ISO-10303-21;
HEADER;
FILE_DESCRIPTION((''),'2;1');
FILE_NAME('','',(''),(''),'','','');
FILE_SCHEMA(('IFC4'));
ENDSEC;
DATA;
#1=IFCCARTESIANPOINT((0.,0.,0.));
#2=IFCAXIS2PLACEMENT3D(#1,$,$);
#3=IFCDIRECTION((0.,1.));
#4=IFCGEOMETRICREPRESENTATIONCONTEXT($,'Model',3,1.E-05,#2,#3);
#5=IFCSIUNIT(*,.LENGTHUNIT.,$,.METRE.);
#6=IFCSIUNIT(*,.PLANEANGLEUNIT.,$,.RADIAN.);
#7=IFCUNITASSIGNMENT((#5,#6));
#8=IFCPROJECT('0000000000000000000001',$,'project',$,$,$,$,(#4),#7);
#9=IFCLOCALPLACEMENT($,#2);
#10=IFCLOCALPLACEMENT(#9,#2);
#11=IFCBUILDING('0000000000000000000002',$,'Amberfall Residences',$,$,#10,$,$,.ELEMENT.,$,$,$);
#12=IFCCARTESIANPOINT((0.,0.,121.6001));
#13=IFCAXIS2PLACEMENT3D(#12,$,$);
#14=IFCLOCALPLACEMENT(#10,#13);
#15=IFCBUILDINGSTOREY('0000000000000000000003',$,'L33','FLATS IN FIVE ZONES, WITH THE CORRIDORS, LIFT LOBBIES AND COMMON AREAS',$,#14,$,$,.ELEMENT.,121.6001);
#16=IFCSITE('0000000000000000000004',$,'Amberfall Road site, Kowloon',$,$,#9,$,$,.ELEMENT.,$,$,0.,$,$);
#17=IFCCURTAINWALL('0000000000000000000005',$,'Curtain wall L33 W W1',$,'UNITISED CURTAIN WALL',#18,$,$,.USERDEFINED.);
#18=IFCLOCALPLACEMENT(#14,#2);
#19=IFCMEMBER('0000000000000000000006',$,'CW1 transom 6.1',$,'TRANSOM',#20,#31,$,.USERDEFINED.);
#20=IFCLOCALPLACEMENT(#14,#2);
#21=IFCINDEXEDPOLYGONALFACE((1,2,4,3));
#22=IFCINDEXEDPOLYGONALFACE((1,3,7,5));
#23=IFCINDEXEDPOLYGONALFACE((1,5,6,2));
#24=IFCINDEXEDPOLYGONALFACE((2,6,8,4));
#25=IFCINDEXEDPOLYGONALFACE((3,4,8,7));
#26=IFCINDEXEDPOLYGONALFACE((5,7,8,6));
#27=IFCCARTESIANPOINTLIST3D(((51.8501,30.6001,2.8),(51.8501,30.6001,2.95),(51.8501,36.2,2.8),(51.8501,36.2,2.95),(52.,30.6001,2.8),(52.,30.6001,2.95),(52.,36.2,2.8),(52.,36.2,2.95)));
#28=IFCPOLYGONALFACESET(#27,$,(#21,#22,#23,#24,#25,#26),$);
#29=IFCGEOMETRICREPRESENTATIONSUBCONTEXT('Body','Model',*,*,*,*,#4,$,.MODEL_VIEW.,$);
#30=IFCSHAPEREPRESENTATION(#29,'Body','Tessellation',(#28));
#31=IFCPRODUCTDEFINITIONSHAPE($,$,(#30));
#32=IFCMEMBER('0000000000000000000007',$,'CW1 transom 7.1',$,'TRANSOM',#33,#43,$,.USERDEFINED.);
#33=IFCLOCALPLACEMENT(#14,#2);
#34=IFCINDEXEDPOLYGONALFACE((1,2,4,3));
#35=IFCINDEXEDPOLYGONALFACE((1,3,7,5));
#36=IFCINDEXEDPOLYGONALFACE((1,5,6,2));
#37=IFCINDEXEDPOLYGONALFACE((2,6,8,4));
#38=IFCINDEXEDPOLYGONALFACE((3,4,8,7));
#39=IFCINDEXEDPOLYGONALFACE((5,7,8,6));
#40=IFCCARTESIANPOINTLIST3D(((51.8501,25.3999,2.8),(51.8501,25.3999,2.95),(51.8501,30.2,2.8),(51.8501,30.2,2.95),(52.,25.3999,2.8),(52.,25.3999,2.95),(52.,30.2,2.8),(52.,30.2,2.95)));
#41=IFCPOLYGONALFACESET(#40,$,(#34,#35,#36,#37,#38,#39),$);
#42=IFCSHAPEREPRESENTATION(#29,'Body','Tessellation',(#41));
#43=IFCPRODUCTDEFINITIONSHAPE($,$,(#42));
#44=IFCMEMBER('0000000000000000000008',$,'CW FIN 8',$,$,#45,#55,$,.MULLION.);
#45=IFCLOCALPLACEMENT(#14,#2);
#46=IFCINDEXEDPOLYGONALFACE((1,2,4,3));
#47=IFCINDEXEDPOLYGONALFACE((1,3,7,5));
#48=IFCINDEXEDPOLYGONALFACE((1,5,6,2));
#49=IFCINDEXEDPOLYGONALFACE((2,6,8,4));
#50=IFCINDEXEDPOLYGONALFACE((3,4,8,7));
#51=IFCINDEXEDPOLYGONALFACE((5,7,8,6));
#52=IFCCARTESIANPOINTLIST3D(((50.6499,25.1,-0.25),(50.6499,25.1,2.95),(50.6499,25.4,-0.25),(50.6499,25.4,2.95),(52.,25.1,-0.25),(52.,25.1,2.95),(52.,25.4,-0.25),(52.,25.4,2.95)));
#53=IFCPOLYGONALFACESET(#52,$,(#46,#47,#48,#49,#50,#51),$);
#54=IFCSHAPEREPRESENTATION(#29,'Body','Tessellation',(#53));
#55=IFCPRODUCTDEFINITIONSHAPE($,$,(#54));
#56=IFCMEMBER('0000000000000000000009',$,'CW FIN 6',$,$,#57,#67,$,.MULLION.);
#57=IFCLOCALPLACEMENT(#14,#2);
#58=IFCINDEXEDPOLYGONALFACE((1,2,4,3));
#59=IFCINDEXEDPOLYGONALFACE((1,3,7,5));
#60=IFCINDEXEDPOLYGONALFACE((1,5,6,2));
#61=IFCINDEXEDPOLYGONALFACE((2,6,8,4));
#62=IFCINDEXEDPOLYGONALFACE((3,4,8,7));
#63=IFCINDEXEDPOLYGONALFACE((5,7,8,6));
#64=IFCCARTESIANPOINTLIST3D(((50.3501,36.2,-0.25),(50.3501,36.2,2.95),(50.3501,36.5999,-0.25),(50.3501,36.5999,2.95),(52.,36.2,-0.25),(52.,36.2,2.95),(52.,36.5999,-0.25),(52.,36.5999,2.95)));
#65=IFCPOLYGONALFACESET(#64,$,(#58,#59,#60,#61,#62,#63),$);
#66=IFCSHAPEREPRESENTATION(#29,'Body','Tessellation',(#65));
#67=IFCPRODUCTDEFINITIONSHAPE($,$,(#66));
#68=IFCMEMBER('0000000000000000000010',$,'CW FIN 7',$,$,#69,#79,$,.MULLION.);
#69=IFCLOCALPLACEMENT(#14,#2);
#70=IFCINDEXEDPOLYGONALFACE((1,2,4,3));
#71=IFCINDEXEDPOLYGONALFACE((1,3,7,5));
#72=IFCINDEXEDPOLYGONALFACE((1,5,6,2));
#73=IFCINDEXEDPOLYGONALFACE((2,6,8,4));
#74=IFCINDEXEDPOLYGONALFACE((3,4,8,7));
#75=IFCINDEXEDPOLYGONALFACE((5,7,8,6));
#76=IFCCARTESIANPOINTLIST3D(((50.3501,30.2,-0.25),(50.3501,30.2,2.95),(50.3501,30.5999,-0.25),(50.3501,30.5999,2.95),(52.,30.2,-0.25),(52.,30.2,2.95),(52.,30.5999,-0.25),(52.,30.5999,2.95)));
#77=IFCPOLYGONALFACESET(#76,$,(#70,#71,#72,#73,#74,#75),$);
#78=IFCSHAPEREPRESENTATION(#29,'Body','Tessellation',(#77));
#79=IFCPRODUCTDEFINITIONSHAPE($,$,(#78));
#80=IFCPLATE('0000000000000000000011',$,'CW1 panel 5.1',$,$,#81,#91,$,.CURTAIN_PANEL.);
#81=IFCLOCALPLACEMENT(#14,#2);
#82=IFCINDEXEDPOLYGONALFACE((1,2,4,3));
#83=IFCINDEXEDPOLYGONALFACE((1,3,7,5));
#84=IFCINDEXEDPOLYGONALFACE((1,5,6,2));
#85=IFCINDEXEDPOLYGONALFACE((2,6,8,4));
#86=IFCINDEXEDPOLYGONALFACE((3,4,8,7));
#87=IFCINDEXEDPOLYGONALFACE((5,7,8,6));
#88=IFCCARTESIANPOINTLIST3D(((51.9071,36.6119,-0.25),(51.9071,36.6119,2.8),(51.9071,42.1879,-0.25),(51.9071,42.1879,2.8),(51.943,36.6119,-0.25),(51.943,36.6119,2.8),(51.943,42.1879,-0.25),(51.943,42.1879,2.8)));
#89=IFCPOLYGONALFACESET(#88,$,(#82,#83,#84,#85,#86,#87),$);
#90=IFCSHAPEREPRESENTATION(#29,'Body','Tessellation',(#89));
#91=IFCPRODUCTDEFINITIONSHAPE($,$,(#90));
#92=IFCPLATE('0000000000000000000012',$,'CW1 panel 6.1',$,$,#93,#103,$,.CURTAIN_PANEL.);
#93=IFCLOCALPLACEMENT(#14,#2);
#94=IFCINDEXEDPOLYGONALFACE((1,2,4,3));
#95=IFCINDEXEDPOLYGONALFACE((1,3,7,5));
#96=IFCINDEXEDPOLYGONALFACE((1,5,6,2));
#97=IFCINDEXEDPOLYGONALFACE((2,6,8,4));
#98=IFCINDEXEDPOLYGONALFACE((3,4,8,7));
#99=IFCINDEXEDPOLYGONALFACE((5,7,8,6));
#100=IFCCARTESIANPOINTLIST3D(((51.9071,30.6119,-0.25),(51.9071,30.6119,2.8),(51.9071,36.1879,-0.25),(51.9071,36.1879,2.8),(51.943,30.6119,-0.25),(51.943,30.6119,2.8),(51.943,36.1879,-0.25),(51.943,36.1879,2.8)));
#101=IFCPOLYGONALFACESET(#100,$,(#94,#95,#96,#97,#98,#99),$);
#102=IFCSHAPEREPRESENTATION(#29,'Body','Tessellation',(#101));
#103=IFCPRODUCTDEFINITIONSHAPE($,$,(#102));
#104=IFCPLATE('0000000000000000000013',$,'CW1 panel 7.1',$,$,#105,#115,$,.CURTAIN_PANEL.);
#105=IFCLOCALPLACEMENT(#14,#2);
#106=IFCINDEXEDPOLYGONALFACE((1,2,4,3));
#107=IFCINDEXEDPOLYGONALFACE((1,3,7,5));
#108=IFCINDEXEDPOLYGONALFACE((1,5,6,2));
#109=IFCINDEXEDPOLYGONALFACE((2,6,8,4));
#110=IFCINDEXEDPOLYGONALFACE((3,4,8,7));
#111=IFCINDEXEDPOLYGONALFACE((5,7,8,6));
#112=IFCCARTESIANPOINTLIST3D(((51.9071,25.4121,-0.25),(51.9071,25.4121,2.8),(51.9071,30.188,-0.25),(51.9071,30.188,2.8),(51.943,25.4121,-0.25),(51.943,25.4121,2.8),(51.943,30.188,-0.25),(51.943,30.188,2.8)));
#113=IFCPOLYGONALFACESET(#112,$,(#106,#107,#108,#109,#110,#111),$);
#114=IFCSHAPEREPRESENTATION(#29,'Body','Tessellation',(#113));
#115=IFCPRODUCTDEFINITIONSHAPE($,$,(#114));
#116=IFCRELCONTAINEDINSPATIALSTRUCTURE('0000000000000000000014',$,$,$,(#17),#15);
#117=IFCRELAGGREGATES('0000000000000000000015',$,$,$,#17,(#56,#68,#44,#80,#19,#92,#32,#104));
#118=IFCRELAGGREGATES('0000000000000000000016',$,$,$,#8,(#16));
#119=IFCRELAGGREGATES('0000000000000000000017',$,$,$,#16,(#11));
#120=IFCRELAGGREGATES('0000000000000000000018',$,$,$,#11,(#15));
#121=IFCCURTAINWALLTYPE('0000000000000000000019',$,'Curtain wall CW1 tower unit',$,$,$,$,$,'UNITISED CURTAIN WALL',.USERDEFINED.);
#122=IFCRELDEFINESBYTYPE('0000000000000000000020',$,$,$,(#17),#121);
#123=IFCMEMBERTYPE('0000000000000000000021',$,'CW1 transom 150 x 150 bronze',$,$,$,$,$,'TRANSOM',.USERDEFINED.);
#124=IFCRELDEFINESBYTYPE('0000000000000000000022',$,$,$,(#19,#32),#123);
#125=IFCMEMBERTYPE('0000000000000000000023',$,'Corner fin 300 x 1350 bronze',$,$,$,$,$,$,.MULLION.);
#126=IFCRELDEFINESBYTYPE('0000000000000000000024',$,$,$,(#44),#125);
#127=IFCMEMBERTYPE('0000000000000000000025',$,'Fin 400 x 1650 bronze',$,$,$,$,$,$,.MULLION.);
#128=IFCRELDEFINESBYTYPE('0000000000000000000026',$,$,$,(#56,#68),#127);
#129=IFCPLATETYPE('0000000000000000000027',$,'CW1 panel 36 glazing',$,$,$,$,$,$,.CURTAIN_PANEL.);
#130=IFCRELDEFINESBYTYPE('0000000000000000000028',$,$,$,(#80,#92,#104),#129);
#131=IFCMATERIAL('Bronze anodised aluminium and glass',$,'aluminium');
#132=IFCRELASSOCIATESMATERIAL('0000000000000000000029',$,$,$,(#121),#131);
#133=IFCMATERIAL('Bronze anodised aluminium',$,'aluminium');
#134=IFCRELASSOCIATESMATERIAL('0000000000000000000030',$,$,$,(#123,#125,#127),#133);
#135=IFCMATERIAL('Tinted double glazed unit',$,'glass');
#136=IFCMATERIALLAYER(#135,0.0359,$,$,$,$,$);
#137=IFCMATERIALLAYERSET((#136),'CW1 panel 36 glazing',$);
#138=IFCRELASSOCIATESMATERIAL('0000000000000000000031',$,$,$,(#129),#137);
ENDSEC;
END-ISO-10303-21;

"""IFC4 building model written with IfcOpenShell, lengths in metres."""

from ifc_helpers import new_model, si_unit, direction, frame, origin, origin_2d, place, context, subcontext, project, spatial, rectangle, extrude, material, layer, layer_set, material_profile, profile_set, type_object, element, aggregate, save


model = new_model("IFC4")

# Units and contexts
model_context = context("Model", 3, precision=1e-05, world=origin(), true_north=direction((0.0, 1.0)))
body_context = subcontext(model_context, "Body", "Model", "MODEL_VIEW")
ifc_project = project(units=[si_unit("LENGTHUNIT", "METRE"), si_unit("PLANEANGLEUNIT", "RADIAN")], contexts=[model_context])

# Site, building, storey
site_placement = place(None, origin())
site = spatial("IfcSite", under=ifc_project, at=site_placement, Name="Amberfall Road site, Kowloon", CompositionType="ELEMENT", RefElevation=0.0)
building_placement = place(site_placement, origin())
building = spatial("IfcBuilding", under=site, at=building_placement, Name="Amberfall Residences", CompositionType="ELEMENT")
storey_placement = place(building_placement, frame((0.0, 0.0, 121.6001)))
storey = spatial("IfcBuildingStorey", under=building, at=storey_placement, Name="L33", Description="FLATS IN FIVE ZONES, WITH THE CORRIDORS, LIFT LOBBIES AND COMMON AREAS", CompositionType="ELEMENT", Elevation=121.6001)

# Curtain wall, members, plates
ifc_material_1 = material(Name="Bronze anodised aluminium and glass", Category="aluminium")
curtain_wall_type = type_object("IfcCurtainWallType", Name="Curtain wall CW1 tower unit", ElementType="UNITISED CURTAIN WALL", PredefinedType="USERDEFINED", material=ifc_material_1)
curtain_wall_placement = place(storey_placement, origin())
curtain_wall = element("IfcCurtainWall", 1, at=curtain_wall_placement, inside=storey, type_object=curtain_wall_type, Name="Curtain wall L33 W W1", ObjectType="UNITISED CURTAIN WALL", PredefinedType="USERDEFINED")
ifc_material_2 = material(Name="Bronze anodised aluminium", Category="aluminium")
ifc_material_profile_1 = material_profile(ifc_material_2, rectangle(XDim=0.1499, YDim=0.1499, at=origin_2d()), Name="CW1 transom 150 x 150 bronze")
ifc_profile_set_1 = profile_set([ifc_material_profile_1], Name="Bronze anodised aluminium")
member_type_1 = type_object("IfcMemberType", Name="CW1 transom 150 x 150 bronze", ElementType="TRANSOM", PredefinedType="USERDEFINED", material=ifc_profile_set_1)
member_1_placement = place(storey_placement, frame((51.925, 36.2, 2.875), z_axis=(0.0, -1.0, 0.0), x_axis=(1.0, 0.0, 0.0)))
member_1 = element("IfcMember", 2, at=member_1_placement, type_object=member_type_1, Name="CW1 transom 6.1", ObjectType="TRANSOM", PredefinedType="USERDEFINED", context=body_context, shape_type="SweptSolid", body=[
    extrude(rectangle(XDim=0.1499, YDim=0.1499, at=origin_2d()), origin(), (0.0, 0.0, 1.0), 5.5999),
])
member_2_placement = place(storey_placement, frame((51.925, 30.2, 2.875), z_axis=(0.0, -1.0, 0.0), x_axis=(1.0, 0.0, 0.0)))
member_2 = element("IfcMember", 3, at=member_2_placement, type_object=member_type_1, Name="CW1 transom 7.1", ObjectType="TRANSOM", PredefinedType="USERDEFINED", context=body_context, shape_type="SweptSolid", body=[
    extrude(rectangle(XDim=0.1499, YDim=0.1499, at=origin_2d()), origin(), (0.0, 0.0, 1.0), 4.8),
])
ifc_material_profile_2 = material_profile(ifc_material_2, rectangle(XDim=1.3501, YDim=0.3, at=origin_2d()), Name="Corner fin 300 x 1350 bronze")
ifc_profile_set_2 = profile_set([ifc_material_profile_2], Name="Bronze anodised aluminium")
member_type_2 = type_object("IfcMemberType", Name="Corner fin 300 x 1350 bronze", PredefinedType="MULLION", material=ifc_profile_set_2)
member_3_placement = place(storey_placement, frame((51.325, 25.25, -0.25), z_axis=(0.0, 0.0, 1.0), x_axis=(1.0, 0.0, 0.0)))
member_3 = element("IfcMember", 4, at=member_3_placement, type_object=member_type_2, Name="CW FIN 8", PredefinedType="MULLION", context=body_context, shape_type="SweptSolid", body=[
    extrude(rectangle(XDim=1.3501, YDim=0.3, at=origin_2d()), origin(), (0.0, 0.0, 1.0), 3.2),
])
ifc_material_profile_3 = material_profile(ifc_material_2, rectangle(XDim=1.6499, YDim=0.3999, at=origin_2d()), Name="Fin 400 x 1650 bronze")
ifc_profile_set_3 = profile_set([ifc_material_profile_3], Name="Bronze anodised aluminium")
member_type_3 = type_object("IfcMemberType", Name="Fin 400 x 1650 bronze", PredefinedType="MULLION", material=ifc_profile_set_3)
member_4_placement = place(storey_placement, frame((51.175, 36.3999, -0.25), z_axis=(0.0, 0.0, 1.0), x_axis=(1.0, 0.0, 0.0)))
member_4 = element("IfcMember", 5, at=member_4_placement, type_object=member_type_3, Name="CW FIN 6", PredefinedType="MULLION", context=body_context, shape_type="SweptSolid", body=[
    extrude(rectangle(XDim=1.6499, YDim=0.3999, at=origin_2d()), origin(), (0.0, 0.0, 1.0), 3.2),
])
member_5_placement = place(storey_placement, frame((51.175, 30.3999, -0.25), z_axis=(0.0, 0.0, 1.0), x_axis=(1.0, 0.0, 0.0)))
member_5 = element("IfcMember", 6, at=member_5_placement, type_object=member_type_3, Name="CW FIN 7", PredefinedType="MULLION", context=body_context, shape_type="SweptSolid", body=[
    extrude(rectangle(XDim=1.6499, YDim=0.3999, at=origin_2d()), origin(), (0.0, 0.0, 1.0), 3.2),
])
ifc_material_3 = material(Name="Tinted double glazed unit", Category="glass")
ifc_layer_1 = layer(ifc_material_3, 0.0359)
ifc_layer_set_1 = layer_set([ifc_layer_1], Name="CW1 panel 36 glazing")
plate_type = type_object("IfcPlateType", Name="CW1 panel 36 glazing", PredefinedType="CURTAIN_PANEL", material=ifc_layer_set_1)
plate_1_placement = place(storey_placement, frame((51.925, 39.3999, -0.25), z_axis=(0.0, 0.0, 1.0), x_axis=(0.0, -1.0, 0.0)))
plate_1 = element("IfcPlate", 7, at=plate_1_placement, type_object=plate_type, Name="CW1 panel 5.1", PredefinedType="CURTAIN_PANEL", context=body_context, shape_type="SweptSolid", body=[
    extrude(rectangle(XDim=5.5759, YDim=0.0359, at=origin_2d()), origin(), (0.0, 0.0, 1.0), 3.05),
])
plate_2_placement = place(storey_placement, frame((51.925, 33.3999, -0.25), z_axis=(0.0, 0.0, 1.0), x_axis=(0.0, -1.0, 0.0)))
plate_2 = element("IfcPlate", 8, at=plate_2_placement, type_object=plate_type, Name="CW1 panel 6.1", PredefinedType="CURTAIN_PANEL", context=body_context, shape_type="SweptSolid", body=[
    extrude(rectangle(XDim=5.5759, YDim=0.0359, at=origin_2d()), origin(), (0.0, 0.0, 1.0), 3.05),
])
plate_3_placement = place(storey_placement, frame((51.925, 27.8, -0.25), z_axis=(0.0, 0.0, 1.0), x_axis=(0.0, -1.0, 0.0)))
plate_3 = element("IfcPlate", 9, at=plate_3_placement, type_object=plate_type, Name="CW1 panel 7.1", PredefinedType="CURTAIN_PANEL", context=body_context, shape_type="SweptSolid", body=[
    extrude(rectangle(XDim=4.7759, YDim=0.0359, at=origin_2d()), origin(), (0.0, 0.0, 1.0), 3.05),
])
aggregate(curtain_wall, [member_4, member_5, member_3, plate_1, member_1, plate_2, member_2, plate_3])

save(model, "model.ifc")
